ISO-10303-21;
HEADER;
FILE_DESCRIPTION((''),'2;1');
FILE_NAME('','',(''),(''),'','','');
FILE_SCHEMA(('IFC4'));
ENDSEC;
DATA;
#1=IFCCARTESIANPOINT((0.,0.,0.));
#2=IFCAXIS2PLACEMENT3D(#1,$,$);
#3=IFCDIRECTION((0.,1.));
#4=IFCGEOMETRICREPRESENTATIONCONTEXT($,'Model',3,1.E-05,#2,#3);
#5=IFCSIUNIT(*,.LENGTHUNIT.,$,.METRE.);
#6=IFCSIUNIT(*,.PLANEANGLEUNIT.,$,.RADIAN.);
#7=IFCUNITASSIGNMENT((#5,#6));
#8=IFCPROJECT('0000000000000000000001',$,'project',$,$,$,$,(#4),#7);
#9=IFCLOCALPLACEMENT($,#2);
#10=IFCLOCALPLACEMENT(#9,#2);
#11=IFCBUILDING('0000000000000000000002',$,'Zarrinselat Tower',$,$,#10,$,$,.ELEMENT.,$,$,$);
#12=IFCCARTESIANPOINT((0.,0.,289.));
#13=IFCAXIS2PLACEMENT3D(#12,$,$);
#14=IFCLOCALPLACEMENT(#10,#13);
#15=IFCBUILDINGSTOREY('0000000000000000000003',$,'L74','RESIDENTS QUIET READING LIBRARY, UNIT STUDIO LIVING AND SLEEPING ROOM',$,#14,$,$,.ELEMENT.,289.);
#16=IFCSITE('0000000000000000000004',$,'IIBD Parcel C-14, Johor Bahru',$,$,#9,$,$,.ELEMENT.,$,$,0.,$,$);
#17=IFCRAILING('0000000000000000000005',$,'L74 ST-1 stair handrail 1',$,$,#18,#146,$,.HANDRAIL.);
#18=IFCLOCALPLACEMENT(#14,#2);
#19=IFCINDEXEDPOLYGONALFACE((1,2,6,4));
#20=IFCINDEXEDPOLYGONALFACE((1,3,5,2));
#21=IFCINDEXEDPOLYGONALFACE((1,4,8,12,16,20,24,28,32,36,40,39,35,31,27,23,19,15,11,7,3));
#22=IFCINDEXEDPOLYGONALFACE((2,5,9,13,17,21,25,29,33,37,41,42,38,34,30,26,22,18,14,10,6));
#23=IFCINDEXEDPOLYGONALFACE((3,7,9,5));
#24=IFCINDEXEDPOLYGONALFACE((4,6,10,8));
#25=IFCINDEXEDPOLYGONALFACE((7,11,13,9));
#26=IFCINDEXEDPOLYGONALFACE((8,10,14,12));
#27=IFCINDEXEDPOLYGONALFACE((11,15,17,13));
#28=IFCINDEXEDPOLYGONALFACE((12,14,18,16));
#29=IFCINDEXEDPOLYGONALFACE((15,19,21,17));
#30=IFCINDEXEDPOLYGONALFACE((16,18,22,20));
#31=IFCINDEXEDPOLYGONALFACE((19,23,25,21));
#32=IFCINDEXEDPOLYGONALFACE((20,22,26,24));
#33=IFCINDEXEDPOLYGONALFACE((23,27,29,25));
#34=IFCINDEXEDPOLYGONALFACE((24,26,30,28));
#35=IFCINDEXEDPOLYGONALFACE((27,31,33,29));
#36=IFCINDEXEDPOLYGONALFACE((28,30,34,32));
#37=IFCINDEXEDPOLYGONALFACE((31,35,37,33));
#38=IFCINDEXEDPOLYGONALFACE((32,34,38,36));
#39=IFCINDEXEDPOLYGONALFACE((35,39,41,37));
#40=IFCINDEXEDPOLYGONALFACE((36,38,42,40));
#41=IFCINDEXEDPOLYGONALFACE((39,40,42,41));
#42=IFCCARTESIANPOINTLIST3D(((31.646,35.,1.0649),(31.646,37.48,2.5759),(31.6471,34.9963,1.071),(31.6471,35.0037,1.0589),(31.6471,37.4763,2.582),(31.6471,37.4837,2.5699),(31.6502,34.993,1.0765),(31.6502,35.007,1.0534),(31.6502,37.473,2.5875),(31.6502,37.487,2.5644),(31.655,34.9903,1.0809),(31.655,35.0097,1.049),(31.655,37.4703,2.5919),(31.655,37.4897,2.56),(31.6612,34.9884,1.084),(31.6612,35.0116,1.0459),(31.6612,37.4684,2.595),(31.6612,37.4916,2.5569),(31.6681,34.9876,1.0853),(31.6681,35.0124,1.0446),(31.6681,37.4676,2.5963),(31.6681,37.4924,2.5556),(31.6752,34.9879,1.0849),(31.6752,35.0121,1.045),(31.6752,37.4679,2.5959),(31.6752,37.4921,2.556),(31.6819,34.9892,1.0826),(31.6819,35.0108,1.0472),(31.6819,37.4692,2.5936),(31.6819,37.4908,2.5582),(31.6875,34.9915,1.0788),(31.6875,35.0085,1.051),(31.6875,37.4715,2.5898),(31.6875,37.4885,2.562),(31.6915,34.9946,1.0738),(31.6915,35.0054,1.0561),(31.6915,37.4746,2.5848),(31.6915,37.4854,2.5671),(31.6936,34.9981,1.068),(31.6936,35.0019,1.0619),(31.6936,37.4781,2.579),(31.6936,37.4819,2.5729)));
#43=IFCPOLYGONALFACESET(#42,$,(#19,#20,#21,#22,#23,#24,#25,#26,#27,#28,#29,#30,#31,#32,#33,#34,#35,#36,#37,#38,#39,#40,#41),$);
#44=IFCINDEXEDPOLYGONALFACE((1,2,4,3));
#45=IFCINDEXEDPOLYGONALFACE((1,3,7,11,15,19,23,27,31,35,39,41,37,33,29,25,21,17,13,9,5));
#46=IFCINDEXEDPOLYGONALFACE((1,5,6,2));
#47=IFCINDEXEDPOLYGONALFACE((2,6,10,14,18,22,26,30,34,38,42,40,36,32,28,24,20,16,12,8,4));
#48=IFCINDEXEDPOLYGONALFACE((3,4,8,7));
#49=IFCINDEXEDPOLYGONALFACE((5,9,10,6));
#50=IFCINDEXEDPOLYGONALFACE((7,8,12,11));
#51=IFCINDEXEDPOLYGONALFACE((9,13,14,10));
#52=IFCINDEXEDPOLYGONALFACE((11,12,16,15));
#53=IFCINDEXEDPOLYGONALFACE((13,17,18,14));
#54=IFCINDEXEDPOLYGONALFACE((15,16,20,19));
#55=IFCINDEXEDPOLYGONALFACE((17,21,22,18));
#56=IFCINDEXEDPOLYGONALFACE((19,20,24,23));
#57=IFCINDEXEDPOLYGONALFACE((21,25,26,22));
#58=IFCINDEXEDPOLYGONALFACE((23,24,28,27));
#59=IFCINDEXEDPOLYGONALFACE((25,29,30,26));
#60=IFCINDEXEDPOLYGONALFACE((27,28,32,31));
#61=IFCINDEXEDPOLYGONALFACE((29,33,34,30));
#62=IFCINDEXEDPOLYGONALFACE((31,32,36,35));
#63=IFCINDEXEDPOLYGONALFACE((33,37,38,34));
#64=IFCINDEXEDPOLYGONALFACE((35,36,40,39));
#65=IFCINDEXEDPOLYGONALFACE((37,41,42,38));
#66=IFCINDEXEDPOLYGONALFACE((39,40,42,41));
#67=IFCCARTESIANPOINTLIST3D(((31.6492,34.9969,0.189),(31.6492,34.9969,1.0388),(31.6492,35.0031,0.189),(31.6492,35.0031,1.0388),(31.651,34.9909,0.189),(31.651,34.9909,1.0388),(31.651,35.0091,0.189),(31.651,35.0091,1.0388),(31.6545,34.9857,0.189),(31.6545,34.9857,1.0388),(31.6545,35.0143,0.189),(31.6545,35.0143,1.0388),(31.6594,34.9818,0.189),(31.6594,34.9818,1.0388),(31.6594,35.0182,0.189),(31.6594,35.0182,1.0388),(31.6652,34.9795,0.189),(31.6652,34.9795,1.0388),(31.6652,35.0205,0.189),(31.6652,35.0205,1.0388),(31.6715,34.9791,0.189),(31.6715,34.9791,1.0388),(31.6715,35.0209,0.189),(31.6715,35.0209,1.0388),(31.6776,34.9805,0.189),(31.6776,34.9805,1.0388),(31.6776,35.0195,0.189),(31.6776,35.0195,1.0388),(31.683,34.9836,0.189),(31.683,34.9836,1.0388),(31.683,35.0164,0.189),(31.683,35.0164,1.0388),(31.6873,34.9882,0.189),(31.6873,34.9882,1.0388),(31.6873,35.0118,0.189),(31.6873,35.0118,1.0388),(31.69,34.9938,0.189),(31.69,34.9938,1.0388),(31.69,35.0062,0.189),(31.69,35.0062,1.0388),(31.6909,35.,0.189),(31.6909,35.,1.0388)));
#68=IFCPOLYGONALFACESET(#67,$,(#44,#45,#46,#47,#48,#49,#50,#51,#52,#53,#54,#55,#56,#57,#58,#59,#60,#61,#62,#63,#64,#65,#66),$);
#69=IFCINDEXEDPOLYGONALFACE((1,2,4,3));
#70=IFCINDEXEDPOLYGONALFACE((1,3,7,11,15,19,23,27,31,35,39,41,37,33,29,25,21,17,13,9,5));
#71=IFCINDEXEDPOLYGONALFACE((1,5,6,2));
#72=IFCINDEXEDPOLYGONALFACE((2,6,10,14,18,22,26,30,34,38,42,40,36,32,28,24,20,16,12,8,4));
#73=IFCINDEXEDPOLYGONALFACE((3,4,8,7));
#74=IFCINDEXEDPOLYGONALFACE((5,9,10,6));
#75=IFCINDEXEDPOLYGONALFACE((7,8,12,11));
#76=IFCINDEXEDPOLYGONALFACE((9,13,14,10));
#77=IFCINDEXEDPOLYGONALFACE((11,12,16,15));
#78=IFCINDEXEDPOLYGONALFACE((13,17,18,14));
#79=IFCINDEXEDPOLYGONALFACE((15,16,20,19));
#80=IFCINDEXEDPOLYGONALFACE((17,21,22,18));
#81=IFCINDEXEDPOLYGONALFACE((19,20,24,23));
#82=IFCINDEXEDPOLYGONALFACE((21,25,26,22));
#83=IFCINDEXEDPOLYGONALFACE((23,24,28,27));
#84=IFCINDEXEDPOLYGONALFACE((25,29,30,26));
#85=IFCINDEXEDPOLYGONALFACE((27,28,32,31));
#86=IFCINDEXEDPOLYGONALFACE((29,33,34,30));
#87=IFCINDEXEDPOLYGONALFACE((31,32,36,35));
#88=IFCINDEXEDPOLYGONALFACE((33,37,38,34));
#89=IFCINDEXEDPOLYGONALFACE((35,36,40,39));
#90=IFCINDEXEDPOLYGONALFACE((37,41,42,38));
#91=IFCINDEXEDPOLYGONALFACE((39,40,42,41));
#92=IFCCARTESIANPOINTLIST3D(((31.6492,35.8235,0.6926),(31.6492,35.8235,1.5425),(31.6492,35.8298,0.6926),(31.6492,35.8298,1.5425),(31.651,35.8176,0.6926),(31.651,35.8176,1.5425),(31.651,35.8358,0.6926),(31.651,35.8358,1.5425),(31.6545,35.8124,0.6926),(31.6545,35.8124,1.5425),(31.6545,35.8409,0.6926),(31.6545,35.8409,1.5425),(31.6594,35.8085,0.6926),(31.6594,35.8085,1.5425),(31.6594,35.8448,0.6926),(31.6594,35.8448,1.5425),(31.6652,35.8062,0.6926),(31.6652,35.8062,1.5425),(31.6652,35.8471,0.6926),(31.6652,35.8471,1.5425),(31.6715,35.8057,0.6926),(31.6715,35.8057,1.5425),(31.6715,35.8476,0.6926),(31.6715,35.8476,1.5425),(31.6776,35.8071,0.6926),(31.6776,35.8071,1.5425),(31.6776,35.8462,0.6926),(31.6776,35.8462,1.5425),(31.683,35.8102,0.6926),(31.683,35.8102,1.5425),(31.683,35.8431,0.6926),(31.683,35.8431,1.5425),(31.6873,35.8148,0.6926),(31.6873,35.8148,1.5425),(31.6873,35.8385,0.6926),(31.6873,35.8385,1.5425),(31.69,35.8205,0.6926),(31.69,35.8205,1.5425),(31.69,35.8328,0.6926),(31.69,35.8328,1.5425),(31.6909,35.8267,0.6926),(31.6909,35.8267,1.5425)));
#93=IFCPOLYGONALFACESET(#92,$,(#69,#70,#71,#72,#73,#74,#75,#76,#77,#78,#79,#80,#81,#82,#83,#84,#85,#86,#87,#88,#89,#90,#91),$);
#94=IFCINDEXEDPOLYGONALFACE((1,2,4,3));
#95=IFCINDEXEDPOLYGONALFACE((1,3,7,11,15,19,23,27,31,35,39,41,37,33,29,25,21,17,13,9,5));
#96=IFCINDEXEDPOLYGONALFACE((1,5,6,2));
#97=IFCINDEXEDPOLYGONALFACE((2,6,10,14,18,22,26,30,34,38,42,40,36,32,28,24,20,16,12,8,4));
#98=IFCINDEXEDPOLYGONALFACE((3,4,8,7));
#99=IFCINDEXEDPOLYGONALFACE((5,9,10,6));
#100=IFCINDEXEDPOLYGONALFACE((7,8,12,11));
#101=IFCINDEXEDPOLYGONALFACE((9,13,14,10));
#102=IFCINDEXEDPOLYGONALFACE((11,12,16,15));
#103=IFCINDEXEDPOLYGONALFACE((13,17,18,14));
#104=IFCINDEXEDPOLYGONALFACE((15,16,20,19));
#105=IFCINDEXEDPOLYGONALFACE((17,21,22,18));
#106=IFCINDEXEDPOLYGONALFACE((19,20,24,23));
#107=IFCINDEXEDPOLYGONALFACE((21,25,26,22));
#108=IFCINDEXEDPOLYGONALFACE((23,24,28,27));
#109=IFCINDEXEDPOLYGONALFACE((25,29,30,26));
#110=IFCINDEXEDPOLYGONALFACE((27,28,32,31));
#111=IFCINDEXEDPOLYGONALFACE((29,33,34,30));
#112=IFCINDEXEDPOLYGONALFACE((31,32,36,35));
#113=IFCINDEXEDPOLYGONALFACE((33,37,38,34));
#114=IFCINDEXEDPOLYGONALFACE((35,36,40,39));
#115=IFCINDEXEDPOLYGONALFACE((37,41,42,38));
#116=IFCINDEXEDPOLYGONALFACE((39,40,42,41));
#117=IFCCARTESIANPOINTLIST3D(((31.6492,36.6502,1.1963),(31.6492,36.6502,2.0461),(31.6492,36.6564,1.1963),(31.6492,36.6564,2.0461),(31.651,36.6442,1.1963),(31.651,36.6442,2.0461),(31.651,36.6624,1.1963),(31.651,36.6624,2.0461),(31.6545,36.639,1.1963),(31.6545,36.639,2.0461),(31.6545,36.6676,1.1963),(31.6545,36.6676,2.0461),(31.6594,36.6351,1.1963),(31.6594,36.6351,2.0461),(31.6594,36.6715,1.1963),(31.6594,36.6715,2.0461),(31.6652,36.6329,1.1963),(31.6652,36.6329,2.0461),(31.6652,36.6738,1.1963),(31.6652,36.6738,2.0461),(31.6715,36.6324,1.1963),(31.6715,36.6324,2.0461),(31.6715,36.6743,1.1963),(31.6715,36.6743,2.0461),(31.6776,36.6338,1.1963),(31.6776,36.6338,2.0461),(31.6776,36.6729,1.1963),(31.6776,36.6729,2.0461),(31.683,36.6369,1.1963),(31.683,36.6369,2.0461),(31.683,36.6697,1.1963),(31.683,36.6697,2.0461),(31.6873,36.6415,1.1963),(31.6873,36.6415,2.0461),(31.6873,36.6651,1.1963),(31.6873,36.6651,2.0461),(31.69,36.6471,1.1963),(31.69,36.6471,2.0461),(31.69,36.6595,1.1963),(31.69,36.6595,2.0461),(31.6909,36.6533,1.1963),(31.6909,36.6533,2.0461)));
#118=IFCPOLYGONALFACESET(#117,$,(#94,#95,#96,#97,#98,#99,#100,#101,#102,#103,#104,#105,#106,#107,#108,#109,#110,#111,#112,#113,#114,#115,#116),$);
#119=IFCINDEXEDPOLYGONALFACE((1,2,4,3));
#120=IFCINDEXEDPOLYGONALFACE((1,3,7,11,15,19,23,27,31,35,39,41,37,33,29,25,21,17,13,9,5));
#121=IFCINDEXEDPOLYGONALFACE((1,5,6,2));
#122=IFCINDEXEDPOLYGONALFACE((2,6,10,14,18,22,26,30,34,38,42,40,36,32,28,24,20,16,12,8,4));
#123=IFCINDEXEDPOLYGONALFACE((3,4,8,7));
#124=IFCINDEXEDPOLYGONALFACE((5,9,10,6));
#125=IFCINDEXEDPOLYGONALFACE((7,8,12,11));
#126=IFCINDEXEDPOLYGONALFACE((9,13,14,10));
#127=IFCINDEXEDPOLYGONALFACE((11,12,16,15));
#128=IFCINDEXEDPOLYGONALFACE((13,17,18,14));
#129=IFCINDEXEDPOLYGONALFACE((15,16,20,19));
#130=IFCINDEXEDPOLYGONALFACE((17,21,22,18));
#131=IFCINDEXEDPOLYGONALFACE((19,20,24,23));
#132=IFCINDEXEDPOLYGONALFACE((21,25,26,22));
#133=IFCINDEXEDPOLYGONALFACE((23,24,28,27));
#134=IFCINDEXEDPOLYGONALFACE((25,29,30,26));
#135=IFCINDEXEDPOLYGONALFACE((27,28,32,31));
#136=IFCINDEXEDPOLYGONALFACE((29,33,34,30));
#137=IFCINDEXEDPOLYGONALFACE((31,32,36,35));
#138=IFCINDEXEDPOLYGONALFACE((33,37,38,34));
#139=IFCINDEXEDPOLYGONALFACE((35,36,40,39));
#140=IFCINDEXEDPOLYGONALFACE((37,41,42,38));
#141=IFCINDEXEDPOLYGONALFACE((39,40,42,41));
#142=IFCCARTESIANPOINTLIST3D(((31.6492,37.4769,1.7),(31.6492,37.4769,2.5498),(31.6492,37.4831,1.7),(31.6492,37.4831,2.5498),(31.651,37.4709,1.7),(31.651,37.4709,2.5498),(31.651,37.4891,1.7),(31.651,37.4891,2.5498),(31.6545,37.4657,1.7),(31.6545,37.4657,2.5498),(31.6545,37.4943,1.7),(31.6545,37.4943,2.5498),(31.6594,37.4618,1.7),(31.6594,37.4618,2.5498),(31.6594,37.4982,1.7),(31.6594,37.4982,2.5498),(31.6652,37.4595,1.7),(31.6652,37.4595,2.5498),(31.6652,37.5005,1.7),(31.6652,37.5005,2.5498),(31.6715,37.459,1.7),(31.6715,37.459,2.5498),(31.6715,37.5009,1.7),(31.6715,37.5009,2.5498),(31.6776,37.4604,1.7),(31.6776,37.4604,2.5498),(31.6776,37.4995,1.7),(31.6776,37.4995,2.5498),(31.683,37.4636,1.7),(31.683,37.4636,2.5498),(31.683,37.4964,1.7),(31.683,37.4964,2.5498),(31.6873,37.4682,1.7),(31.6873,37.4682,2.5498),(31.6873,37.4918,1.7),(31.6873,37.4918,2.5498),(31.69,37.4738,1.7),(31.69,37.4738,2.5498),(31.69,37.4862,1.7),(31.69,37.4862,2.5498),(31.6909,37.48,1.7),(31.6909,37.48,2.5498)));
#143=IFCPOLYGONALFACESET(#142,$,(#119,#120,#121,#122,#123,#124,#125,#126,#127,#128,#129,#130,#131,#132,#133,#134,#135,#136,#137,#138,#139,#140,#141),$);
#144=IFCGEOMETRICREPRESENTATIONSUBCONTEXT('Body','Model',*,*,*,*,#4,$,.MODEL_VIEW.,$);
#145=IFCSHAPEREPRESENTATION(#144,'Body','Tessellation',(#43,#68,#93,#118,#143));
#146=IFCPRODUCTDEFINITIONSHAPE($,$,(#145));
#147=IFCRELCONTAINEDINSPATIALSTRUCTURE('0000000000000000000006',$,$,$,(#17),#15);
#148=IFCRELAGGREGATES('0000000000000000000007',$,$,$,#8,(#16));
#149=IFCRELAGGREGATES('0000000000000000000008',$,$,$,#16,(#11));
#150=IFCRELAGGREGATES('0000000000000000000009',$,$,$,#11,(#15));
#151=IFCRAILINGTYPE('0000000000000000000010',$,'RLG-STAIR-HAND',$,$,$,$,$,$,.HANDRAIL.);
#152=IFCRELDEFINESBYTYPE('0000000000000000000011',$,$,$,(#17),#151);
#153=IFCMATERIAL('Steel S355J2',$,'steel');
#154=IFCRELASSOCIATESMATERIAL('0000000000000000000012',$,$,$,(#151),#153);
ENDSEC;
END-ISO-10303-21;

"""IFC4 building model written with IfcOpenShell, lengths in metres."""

from ifc_helpers import new_model, si_unit, direction, frame, origin, origin_2d, place, context, subcontext, project, spatial, circle, extrude, material, type_object, element, save


model = new_model("IFC4")

# Units and contexts
model_context = context("Model", 3, precision=1e-05, world=origin(), true_north=direction((0.0, 1.0)))
body_context = subcontext(model_context, "Body", "Model", "MODEL_VIEW")
ifc_project = project(units=[si_unit("LENGTHUNIT", "METRE"), si_unit("PLANEANGLEUNIT", "RADIAN")], contexts=[model_context])

# Site, building, storey
site_placement = place(None, origin())
site = spatial("IfcSite", under=ifc_project, at=site_placement, Name="IIBD Parcel C-14, Johor Bahru", CompositionType="ELEMENT", RefElevation=0.0)
building_placement = place(site_placement, origin())
building = spatial("IfcBuilding", under=site, at=building_placement, Name="Zarrinselat Tower", CompositionType="ELEMENT")
storey_placement = place(building_placement, frame((0.0, 0.0, 289.0)))
storey = spatial("IfcBuildingStorey", under=building, at=storey_placement, Name="L74", Description="RESIDENTS QUIET READING LIBRARY, UNIT STUDIO LIVING AND SLEEPING ROOM", CompositionType="ELEMENT", Elevation=289.0)

# Railing
ifc_material_1 = material(Name="Steel S355J2", Category="steel")
railing_type_1 = type_object("IfcRailingType", Name="RLG-STAIR-HAND", PredefinedType="HANDRAIL", material=ifc_material_1)
railing_1_placement = place(storey_placement, frame((31.6699, 35.0, 0.189)))
element("IfcRailing", 1, at=railing_1_placement, inside=storey, type_object=railing_type_1, Name="L74 ST-1 stair handrail 1", PredefinedType="HANDRAIL", context=body_context, shape_type="SweptSolid", body=[
    extrude(circle(Radius=0.0239, at=origin_2d()), frame((0.0, 0.0, 0.876), z_axis=(0.0, 0.853979, 0.520307), x_axis=(-1.0, 0.0, 0.0)), (0.0, 0.0, 1.0), 2.9041),
    extrude(circle(Radius=0.021, at=origin_2d()), origin(), (0.0, 0.0, 1.0), 0.8499),
    extrude(circle(Radius=0.021, at=origin_2d()), frame((0.0, 0.8267, 0.5037)), (0.0, 0.0, 1.0), 0.8499),
    extrude(circle(Radius=0.021, at=origin_2d()), frame((0.0, 1.6533, 1.0073)), (0.0, 0.0, 1.0), 0.8499),
    extrude(circle(Radius=0.021, at=origin_2d()), frame((0.0, 2.48, 1.511)), (0.0, 0.0, 1.0), 0.8499),
])

save(model, "model.ifc")
